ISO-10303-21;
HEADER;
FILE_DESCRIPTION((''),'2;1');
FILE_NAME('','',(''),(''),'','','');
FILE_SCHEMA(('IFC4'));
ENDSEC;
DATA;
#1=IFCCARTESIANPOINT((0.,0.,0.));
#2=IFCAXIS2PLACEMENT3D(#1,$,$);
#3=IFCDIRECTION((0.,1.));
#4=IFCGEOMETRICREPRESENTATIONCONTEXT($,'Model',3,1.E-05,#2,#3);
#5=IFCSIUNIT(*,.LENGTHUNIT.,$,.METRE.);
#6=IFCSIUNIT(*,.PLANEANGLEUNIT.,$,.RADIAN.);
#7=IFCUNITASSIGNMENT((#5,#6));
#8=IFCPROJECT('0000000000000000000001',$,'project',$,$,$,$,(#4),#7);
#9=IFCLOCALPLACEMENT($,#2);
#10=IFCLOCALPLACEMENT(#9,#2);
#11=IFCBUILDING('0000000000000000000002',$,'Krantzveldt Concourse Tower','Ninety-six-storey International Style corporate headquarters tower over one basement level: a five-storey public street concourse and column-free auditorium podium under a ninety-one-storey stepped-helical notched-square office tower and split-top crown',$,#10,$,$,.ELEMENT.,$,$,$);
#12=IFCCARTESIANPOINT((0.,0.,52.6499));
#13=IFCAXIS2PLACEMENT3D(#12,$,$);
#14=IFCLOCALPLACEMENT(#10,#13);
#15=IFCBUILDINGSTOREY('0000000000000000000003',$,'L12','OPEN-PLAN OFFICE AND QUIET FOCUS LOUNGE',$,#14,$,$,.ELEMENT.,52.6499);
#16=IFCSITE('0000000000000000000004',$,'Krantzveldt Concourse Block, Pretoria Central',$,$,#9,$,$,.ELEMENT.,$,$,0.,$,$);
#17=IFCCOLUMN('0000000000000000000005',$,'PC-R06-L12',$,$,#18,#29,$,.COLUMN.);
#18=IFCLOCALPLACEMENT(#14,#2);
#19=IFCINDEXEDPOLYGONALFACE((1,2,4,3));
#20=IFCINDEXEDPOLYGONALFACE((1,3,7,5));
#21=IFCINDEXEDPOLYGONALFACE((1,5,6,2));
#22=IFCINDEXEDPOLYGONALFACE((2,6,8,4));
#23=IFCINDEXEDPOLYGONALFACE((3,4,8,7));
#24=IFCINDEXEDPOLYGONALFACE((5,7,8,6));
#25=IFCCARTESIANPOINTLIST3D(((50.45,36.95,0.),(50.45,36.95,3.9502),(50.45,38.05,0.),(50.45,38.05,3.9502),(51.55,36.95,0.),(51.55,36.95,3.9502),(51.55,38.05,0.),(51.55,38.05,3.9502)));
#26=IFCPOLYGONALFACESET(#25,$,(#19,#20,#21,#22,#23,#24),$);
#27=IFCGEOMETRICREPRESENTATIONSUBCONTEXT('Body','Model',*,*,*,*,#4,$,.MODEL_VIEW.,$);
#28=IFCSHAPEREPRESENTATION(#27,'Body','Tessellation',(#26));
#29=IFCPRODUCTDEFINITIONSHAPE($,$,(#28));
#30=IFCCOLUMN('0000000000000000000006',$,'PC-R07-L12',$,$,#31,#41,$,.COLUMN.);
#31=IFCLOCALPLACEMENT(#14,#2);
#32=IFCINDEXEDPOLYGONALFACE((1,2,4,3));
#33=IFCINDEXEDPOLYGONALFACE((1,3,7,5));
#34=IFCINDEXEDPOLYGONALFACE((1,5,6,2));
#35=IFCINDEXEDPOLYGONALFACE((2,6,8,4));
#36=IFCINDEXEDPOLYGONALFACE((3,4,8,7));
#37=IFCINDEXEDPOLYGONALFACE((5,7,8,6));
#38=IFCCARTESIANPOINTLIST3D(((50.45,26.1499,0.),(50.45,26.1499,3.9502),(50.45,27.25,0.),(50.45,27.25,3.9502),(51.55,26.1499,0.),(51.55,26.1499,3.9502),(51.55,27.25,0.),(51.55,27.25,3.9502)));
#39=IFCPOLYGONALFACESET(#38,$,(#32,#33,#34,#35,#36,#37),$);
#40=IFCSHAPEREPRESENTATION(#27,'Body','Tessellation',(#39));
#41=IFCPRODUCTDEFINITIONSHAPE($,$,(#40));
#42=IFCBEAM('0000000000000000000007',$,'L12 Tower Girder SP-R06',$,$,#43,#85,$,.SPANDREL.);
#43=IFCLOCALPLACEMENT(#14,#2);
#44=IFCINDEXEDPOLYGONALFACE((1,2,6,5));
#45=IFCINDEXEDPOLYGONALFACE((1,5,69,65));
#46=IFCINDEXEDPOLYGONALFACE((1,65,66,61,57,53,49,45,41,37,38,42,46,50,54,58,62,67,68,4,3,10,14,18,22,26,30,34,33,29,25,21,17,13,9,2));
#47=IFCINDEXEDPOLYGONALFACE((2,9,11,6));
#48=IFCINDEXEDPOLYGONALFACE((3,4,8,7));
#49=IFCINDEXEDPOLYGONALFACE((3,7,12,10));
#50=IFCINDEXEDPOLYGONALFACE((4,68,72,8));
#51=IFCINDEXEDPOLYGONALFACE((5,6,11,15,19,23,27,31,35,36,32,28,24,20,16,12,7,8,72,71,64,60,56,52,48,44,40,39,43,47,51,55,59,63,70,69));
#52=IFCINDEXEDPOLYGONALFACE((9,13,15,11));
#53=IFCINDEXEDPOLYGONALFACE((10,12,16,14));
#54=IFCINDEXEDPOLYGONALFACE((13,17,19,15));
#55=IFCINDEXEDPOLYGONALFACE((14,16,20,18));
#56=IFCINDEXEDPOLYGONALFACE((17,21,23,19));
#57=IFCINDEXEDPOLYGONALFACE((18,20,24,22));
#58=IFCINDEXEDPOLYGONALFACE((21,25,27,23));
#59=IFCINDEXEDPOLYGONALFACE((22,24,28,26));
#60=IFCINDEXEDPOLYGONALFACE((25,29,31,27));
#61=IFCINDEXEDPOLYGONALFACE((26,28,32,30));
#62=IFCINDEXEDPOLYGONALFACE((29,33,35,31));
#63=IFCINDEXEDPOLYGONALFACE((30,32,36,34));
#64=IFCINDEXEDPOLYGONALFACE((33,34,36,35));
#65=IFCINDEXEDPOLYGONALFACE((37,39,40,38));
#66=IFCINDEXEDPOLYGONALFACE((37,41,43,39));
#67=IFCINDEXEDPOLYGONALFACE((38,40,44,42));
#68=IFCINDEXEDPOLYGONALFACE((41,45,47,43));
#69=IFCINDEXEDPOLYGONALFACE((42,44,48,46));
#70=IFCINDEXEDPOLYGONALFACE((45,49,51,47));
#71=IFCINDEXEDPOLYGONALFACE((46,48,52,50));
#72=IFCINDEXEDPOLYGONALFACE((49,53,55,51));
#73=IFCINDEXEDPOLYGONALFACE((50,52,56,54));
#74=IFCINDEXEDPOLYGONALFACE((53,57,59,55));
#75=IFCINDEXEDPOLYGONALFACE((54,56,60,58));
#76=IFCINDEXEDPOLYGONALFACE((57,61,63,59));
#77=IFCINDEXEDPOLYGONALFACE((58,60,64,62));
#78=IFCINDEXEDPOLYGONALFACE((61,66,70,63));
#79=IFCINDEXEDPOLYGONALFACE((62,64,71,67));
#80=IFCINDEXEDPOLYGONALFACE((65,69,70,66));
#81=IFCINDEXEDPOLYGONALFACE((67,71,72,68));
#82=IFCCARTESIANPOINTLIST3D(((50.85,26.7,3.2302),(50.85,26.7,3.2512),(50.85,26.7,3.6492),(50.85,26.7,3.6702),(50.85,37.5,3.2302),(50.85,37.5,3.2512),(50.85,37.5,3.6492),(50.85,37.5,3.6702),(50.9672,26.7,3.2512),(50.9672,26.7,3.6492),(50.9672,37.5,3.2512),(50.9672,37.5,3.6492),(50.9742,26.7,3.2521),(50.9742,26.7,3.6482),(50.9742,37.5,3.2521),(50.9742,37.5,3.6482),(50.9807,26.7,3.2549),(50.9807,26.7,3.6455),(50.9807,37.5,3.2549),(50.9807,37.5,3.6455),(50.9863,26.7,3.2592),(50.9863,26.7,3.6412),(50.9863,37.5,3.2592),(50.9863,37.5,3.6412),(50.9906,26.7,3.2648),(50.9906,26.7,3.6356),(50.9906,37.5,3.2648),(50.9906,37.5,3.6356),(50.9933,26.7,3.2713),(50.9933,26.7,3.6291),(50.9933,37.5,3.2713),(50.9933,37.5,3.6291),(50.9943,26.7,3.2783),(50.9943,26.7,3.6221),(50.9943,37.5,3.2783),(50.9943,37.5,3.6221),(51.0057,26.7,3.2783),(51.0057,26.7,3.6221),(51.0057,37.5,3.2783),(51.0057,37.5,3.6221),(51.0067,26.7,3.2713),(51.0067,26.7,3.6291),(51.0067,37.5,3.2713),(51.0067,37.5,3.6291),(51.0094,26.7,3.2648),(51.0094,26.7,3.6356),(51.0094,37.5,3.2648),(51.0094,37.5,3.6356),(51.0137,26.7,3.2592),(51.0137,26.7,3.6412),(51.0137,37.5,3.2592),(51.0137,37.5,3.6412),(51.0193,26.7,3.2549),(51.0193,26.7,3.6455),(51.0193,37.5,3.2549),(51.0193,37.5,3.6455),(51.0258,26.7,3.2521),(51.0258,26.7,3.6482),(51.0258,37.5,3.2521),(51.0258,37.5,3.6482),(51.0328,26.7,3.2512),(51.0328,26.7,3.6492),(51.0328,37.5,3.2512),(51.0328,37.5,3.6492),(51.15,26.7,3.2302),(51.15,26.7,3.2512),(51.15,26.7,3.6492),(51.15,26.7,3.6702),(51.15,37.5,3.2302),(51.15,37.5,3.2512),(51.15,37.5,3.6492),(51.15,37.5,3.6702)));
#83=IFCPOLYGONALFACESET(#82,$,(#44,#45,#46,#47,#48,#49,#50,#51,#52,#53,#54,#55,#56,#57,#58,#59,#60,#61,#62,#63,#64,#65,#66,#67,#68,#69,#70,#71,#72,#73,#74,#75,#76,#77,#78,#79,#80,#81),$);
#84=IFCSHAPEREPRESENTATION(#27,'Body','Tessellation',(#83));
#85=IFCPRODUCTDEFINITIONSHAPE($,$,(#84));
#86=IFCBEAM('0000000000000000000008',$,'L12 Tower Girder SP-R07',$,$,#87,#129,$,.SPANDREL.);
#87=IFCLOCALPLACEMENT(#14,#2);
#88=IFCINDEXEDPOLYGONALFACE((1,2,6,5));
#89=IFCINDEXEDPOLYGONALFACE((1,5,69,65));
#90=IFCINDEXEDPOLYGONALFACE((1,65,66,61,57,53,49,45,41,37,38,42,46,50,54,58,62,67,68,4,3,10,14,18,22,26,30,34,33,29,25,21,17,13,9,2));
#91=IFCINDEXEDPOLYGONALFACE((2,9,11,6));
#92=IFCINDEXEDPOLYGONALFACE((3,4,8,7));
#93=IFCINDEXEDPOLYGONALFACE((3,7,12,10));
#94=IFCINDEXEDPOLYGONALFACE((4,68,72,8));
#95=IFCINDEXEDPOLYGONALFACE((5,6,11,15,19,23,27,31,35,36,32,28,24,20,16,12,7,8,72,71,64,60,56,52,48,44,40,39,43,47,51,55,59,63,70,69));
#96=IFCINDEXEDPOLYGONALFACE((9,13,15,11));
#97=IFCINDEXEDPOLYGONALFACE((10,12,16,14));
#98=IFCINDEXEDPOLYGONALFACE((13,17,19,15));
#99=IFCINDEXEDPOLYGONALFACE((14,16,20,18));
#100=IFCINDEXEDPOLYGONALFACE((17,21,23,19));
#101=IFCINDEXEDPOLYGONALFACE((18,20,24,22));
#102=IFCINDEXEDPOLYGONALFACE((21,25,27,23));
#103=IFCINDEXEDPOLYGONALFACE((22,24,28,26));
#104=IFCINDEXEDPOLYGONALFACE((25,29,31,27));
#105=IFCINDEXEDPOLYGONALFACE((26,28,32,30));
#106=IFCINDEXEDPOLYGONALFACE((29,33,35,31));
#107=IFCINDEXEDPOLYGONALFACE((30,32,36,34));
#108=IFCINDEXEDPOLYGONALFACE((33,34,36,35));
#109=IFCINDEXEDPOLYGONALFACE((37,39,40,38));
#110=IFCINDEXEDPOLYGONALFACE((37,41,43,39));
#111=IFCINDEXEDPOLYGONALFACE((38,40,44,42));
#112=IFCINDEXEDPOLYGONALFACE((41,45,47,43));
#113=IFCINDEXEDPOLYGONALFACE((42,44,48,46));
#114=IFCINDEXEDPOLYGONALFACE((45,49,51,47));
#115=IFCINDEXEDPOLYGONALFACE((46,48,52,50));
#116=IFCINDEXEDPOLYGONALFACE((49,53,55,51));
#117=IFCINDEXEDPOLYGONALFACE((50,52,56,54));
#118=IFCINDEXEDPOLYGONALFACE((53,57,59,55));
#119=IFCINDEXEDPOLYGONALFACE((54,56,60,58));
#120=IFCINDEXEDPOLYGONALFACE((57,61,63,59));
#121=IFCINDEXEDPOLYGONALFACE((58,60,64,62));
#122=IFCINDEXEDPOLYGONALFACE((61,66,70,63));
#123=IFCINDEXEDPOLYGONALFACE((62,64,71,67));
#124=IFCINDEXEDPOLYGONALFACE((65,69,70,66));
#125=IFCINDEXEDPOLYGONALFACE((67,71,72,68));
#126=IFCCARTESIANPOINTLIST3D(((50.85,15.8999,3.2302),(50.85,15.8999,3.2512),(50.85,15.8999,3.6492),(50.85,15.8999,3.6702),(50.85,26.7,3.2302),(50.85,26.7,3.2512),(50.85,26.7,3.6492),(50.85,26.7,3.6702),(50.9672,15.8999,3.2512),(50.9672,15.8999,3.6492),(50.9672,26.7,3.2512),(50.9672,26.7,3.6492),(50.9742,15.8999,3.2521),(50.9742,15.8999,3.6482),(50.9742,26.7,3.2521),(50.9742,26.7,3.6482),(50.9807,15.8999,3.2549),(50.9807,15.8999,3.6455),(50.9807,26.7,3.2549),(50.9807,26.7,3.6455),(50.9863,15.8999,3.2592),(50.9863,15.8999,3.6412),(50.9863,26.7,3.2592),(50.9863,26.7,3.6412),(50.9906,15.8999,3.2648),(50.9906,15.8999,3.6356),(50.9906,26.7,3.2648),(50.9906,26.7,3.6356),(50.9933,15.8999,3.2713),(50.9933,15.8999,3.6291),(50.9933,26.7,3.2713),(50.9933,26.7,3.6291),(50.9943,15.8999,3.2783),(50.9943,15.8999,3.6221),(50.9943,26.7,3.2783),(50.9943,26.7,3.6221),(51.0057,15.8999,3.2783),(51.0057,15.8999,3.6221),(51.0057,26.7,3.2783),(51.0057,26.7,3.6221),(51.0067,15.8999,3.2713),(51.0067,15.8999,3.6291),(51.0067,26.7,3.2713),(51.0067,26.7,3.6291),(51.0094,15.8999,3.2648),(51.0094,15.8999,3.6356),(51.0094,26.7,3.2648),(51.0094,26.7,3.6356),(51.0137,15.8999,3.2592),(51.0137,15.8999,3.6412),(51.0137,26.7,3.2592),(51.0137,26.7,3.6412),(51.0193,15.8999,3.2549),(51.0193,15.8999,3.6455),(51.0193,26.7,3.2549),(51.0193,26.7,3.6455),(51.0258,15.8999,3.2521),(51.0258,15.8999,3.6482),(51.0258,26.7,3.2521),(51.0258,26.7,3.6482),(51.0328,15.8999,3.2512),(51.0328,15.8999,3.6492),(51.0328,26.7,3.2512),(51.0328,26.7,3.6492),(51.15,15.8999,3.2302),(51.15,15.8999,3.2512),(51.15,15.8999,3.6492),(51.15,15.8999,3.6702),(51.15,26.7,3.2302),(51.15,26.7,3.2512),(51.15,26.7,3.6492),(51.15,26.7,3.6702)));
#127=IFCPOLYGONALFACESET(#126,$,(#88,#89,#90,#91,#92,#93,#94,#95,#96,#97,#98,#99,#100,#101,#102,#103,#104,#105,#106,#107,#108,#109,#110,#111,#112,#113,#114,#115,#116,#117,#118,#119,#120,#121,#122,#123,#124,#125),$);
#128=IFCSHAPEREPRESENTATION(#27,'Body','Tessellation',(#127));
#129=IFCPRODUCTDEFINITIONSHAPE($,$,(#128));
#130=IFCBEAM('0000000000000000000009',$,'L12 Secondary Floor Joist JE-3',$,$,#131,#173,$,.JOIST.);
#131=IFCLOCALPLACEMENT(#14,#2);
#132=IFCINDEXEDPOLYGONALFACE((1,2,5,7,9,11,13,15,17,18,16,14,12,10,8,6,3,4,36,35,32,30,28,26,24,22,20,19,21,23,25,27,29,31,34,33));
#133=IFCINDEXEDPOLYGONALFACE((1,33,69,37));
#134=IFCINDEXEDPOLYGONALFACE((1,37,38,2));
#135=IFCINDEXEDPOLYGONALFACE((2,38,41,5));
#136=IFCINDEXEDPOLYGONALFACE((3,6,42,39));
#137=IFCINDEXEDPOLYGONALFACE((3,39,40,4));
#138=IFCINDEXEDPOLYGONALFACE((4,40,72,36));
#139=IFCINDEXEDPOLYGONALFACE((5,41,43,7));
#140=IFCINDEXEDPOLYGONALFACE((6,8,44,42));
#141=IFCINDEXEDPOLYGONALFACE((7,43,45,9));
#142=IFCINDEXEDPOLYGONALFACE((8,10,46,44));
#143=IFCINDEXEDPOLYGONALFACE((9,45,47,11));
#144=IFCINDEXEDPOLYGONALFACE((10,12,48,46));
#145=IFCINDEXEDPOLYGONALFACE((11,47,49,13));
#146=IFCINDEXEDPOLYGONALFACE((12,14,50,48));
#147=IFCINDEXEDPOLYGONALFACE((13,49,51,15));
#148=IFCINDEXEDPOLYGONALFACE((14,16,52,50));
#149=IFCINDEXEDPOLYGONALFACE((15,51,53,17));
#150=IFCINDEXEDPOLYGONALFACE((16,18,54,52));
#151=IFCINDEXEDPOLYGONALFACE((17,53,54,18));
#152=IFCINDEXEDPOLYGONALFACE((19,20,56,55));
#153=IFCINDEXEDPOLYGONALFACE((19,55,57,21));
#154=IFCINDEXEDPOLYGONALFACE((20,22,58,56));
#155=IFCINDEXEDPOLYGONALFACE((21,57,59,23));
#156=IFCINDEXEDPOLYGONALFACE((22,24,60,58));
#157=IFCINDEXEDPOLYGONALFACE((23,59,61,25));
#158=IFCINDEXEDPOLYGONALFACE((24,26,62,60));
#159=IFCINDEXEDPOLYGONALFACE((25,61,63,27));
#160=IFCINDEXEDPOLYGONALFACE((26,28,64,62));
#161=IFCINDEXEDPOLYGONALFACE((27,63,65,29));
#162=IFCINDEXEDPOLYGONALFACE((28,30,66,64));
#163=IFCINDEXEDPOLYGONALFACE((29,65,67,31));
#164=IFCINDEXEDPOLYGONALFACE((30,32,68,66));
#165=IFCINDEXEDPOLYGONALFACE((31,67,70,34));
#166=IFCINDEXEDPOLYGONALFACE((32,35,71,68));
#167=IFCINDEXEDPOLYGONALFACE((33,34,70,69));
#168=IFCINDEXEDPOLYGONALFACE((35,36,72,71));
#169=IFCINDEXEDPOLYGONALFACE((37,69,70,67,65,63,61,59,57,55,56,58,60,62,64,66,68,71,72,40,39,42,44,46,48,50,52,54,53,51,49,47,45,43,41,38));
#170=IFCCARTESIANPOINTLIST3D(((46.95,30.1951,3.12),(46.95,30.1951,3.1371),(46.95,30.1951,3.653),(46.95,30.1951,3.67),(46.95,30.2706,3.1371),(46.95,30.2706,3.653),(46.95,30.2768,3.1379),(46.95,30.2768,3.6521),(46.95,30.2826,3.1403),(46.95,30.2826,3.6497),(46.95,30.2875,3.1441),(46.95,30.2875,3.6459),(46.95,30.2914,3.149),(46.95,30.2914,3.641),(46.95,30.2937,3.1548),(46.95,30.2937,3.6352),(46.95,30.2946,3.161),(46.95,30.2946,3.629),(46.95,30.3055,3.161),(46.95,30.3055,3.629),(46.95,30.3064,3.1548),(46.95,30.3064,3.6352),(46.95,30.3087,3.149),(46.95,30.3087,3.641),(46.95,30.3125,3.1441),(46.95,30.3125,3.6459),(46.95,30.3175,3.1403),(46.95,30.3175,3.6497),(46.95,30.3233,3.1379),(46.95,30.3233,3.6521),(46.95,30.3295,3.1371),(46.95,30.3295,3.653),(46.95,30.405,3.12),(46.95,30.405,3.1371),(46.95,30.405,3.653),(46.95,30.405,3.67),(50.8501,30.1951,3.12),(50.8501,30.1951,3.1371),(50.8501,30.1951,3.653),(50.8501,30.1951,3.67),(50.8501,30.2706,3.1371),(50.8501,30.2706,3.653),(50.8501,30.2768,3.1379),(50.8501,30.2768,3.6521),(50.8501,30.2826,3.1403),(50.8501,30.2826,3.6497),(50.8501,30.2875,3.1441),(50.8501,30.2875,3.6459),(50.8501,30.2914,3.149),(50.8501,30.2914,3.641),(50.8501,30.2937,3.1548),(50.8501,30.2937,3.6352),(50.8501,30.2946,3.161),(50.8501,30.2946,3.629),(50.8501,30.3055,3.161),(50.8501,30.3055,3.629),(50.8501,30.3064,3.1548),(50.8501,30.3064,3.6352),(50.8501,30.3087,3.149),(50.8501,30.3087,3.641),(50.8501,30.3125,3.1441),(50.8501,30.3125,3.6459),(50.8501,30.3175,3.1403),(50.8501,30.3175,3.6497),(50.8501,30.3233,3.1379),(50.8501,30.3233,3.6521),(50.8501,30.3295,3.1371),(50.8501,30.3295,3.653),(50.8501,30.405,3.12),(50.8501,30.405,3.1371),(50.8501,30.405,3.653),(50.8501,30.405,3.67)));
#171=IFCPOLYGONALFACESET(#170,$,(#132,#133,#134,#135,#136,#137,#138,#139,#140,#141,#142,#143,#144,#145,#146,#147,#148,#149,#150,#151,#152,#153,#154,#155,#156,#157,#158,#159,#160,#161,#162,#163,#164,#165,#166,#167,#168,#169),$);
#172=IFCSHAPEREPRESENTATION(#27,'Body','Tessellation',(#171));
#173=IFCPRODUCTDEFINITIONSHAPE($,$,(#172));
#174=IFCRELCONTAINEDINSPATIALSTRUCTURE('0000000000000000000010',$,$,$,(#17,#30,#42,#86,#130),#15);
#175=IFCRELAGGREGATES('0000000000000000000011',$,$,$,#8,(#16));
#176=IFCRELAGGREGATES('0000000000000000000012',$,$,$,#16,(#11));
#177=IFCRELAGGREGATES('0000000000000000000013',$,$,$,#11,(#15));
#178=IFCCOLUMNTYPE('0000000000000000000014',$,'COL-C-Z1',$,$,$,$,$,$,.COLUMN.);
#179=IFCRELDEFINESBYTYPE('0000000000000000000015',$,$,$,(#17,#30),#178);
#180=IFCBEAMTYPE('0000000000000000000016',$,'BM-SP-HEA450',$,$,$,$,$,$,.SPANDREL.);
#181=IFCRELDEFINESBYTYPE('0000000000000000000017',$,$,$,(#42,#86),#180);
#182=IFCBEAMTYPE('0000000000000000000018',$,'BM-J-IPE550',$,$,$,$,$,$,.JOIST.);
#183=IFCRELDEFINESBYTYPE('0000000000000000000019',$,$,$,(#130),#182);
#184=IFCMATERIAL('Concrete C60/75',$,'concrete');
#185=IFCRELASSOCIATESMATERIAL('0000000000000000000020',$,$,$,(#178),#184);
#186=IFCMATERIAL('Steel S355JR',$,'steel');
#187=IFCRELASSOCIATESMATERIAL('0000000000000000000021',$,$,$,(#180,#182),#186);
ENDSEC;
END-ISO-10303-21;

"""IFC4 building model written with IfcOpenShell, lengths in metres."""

from ifc_helpers import new_model, si_unit, direction, frame, origin, origin_2d, place, context, subcontext, project, spatial, rectangle, i_section, extrude, source, transform, mapped, material, material_profile, profile_set, type_object, type_shapes, element, save


model = new_model("IFC4")

# Units and contexts
model_context = context("Model", 3, precision=1e-05, world=origin(), true_north=direction((0.0, 1.0)))
body_context = subcontext(model_context, "Body", "Model", "MODEL_VIEW")
ifc_project = project(units=[si_unit("LENGTHUNIT", "METRE"), si_unit("PLANEANGLEUNIT", "RADIAN")], contexts=[model_context])

# Site, building, storey
site_placement = place(None, origin())
site = spatial("IfcSite", under=ifc_project, at=site_placement, Name="Krantzveldt Concourse Block, Pretoria Central", CompositionType="ELEMENT", RefElevation=0.0)
building_placement = place(site_placement, origin())
building = spatial("IfcBuilding", under=site, at=building_placement, Name="Krantzveldt Concourse Tower", Description="Ninety-six-storey International Style corporate headquarters tower over one basement level: a five-storey public street concourse and column-free auditorium podium under a ninety-one-storey stepped-helical notched-square office tower and split-top crown", CompositionType="ELEMENT")
storey_placement = place(building_placement, frame((0.0, 0.0, 52.6499)))
storey = spatial("IfcBuildingStorey", under=building, at=storey_placement, Name="L12", Description="OPEN-PLAN OFFICE AND QUIET FOCUS LOUNGE", CompositionType="ELEMENT", Elevation=52.6499)

# Columns
ifc_material_1 = material(Name="Concrete C60/75", Category="concrete")
ifc_material_profile_1 = material_profile(ifc_material_1, rectangle(XDim=1.1001, YDim=1.1001, at=origin_2d()), Name="Concrete C60/75", Category="concrete")
ifc_profile_set_1 = profile_set([ifc_material_profile_1], Name="Concrete C60/75 - RC 1100x1100")
column_type = type_object("IfcColumnType", Name="COL-C-Z1", PredefinedType="COLUMN", material=ifc_profile_set_1)
shared_shape_1 = source(origin(), body_context, "Body", "SweptSolid", [
    extrude(rectangle(XDim=1.1001, YDim=1.1001, at=origin_2d()), origin(), (0.0, 0.0, 1.0), 3.9502),
])
type_shapes(column_type, [shared_shape_1])
for number, where, z_axis, x_axis, name in (
    (1, (51.0, 37.5, 0.0), (0.0, 0.0, 1.0), (1.0, 0.0, 0.0), "PC-R06-L12"),
    (2, (51.0, 26.7, 0.0), (0.0, 0.0, 1.0), (1.0, 0.0, 0.0), "PC-R07-L12"),
):
    element("IfcColumn", number, at=place(storey_placement, frame(where, z_axis=z_axis, x_axis=x_axis)), inside=storey, type_object=column_type, Name=name, PredefinedType="COLUMN", context=body_context, shape_type="MappedRepresentation", body=[
        mapped(shared_shape_1, transform((0.0, 0.0, 0.0), x_axis=(1.0, 0.0, 0.0), y_axis=(0.0, 1.0, 0.0), z_axis=(0.0, 0.0, 1.0), scale=1.0)),
    ])

# Beams
ifc_material_2 = material(Name="Steel S355JR", Category="steel")
ifc_material_profile_2 = material_profile(ifc_material_2, i_section(OverallWidth=0.3, OverallDepth=0.4399, WebThickness=0.0115, FlangeThickness=0.021, FilletRadius=0.0271, at=origin_2d()), Name="Steel S355JR", Category="steel")
ifc_profile_set_2 = profile_set([ifc_material_profile_2], Name="Steel S355JR - HEA 450")
beam_type_1 = type_object("IfcBeamType", Name="BM-SP-HEA450", PredefinedType="SPANDREL", material=ifc_profile_set_2)
shared_shape_2 = source(origin(), body_context, "Body", "SweptSolid", [
    extrude(i_section(OverallWidth=0.3, OverallDepth=0.4399, WebThickness=0.0115, FlangeThickness=0.021, FilletRadius=0.0271, at=origin_2d()), origin(), (0.0, 0.0, 1.0), 10.8),
])
type_shapes(beam_type_1, [shared_shape_2])
for number, where, z_axis, x_axis, name in (
    (3, (51.0, 37.5, 3.4502), (0.0, -1.0, 0.0), (1.0, 0.0, 0.0), "L12 Tower Girder SP-R06"),
    (4, (51.0, 26.7, 3.4502), (0.0, -1.0, 0.0), (1.0, 0.0, 0.0), "L12 Tower Girder SP-R07"),
):
    element("IfcBeam", number, at=place(storey_placement, frame(where, z_axis=z_axis, x_axis=x_axis)), inside=storey, type_object=beam_type_1, Name=name, PredefinedType="SPANDREL", context=body_context, shape_type="MappedRepresentation", body=[
        mapped(shared_shape_2, transform((0.0, 0.0, 0.0), x_axis=(1.0, 0.0, 0.0), y_axis=(0.0, 1.0, 0.0), z_axis=(0.0, 0.0, 1.0), scale=1.0)),
    ])
ifc_material_profile_3 = material_profile(ifc_material_2, i_section(OverallWidth=0.21, OverallDepth=0.55, WebThickness=0.011, FlangeThickness=0.0171, FilletRadius=0.0239, at=origin_2d()), Name="Steel S355JR", Category="steel")
ifc_profile_set_3 = profile_set([ifc_material_profile_3], Name="Steel S355JR - IPE 550")
beam_type_2 = type_object("IfcBeamType", Name="BM-J-IPE550", PredefinedType="JOIST", material=ifc_profile_set_3)
shared_shape_3 = source(origin(), body_context, "Body", "SweptSolid", [
    extrude(i_section(OverallWidth=0.21, OverallDepth=0.55, WebThickness=0.011, FlangeThickness=0.0171, FilletRadius=0.0239, at=origin_2d()), origin(), (0.0, 0.0, 1.0), 3.9001),
])
type_shapes(beam_type_2, [shared_shape_3])
for number, where, z_axis, x_axis, name in (
    (5, (46.95, 30.3, 3.395), (1.0, 0.0, 0.0), (0.0, 1.0, 0.0), "L12 Secondary Floor Joist JE-3"),
):
    element("IfcBeam", number, at=place(storey_placement, frame(where, z_axis=z_axis, x_axis=x_axis)), inside=storey, type_object=beam_type_2, Name=name, PredefinedType="JOIST", context=body_context, shape_type="MappedRepresentation", body=[
        mapped(shared_shape_3, transform((0.0, 0.0, 0.0), x_axis=(1.0, 0.0, 0.0), y_axis=(0.0, 1.0, 0.0), z_axis=(0.0, 0.0, 1.0), scale=1.0)),
    ])

save(model, "model.ifc")
